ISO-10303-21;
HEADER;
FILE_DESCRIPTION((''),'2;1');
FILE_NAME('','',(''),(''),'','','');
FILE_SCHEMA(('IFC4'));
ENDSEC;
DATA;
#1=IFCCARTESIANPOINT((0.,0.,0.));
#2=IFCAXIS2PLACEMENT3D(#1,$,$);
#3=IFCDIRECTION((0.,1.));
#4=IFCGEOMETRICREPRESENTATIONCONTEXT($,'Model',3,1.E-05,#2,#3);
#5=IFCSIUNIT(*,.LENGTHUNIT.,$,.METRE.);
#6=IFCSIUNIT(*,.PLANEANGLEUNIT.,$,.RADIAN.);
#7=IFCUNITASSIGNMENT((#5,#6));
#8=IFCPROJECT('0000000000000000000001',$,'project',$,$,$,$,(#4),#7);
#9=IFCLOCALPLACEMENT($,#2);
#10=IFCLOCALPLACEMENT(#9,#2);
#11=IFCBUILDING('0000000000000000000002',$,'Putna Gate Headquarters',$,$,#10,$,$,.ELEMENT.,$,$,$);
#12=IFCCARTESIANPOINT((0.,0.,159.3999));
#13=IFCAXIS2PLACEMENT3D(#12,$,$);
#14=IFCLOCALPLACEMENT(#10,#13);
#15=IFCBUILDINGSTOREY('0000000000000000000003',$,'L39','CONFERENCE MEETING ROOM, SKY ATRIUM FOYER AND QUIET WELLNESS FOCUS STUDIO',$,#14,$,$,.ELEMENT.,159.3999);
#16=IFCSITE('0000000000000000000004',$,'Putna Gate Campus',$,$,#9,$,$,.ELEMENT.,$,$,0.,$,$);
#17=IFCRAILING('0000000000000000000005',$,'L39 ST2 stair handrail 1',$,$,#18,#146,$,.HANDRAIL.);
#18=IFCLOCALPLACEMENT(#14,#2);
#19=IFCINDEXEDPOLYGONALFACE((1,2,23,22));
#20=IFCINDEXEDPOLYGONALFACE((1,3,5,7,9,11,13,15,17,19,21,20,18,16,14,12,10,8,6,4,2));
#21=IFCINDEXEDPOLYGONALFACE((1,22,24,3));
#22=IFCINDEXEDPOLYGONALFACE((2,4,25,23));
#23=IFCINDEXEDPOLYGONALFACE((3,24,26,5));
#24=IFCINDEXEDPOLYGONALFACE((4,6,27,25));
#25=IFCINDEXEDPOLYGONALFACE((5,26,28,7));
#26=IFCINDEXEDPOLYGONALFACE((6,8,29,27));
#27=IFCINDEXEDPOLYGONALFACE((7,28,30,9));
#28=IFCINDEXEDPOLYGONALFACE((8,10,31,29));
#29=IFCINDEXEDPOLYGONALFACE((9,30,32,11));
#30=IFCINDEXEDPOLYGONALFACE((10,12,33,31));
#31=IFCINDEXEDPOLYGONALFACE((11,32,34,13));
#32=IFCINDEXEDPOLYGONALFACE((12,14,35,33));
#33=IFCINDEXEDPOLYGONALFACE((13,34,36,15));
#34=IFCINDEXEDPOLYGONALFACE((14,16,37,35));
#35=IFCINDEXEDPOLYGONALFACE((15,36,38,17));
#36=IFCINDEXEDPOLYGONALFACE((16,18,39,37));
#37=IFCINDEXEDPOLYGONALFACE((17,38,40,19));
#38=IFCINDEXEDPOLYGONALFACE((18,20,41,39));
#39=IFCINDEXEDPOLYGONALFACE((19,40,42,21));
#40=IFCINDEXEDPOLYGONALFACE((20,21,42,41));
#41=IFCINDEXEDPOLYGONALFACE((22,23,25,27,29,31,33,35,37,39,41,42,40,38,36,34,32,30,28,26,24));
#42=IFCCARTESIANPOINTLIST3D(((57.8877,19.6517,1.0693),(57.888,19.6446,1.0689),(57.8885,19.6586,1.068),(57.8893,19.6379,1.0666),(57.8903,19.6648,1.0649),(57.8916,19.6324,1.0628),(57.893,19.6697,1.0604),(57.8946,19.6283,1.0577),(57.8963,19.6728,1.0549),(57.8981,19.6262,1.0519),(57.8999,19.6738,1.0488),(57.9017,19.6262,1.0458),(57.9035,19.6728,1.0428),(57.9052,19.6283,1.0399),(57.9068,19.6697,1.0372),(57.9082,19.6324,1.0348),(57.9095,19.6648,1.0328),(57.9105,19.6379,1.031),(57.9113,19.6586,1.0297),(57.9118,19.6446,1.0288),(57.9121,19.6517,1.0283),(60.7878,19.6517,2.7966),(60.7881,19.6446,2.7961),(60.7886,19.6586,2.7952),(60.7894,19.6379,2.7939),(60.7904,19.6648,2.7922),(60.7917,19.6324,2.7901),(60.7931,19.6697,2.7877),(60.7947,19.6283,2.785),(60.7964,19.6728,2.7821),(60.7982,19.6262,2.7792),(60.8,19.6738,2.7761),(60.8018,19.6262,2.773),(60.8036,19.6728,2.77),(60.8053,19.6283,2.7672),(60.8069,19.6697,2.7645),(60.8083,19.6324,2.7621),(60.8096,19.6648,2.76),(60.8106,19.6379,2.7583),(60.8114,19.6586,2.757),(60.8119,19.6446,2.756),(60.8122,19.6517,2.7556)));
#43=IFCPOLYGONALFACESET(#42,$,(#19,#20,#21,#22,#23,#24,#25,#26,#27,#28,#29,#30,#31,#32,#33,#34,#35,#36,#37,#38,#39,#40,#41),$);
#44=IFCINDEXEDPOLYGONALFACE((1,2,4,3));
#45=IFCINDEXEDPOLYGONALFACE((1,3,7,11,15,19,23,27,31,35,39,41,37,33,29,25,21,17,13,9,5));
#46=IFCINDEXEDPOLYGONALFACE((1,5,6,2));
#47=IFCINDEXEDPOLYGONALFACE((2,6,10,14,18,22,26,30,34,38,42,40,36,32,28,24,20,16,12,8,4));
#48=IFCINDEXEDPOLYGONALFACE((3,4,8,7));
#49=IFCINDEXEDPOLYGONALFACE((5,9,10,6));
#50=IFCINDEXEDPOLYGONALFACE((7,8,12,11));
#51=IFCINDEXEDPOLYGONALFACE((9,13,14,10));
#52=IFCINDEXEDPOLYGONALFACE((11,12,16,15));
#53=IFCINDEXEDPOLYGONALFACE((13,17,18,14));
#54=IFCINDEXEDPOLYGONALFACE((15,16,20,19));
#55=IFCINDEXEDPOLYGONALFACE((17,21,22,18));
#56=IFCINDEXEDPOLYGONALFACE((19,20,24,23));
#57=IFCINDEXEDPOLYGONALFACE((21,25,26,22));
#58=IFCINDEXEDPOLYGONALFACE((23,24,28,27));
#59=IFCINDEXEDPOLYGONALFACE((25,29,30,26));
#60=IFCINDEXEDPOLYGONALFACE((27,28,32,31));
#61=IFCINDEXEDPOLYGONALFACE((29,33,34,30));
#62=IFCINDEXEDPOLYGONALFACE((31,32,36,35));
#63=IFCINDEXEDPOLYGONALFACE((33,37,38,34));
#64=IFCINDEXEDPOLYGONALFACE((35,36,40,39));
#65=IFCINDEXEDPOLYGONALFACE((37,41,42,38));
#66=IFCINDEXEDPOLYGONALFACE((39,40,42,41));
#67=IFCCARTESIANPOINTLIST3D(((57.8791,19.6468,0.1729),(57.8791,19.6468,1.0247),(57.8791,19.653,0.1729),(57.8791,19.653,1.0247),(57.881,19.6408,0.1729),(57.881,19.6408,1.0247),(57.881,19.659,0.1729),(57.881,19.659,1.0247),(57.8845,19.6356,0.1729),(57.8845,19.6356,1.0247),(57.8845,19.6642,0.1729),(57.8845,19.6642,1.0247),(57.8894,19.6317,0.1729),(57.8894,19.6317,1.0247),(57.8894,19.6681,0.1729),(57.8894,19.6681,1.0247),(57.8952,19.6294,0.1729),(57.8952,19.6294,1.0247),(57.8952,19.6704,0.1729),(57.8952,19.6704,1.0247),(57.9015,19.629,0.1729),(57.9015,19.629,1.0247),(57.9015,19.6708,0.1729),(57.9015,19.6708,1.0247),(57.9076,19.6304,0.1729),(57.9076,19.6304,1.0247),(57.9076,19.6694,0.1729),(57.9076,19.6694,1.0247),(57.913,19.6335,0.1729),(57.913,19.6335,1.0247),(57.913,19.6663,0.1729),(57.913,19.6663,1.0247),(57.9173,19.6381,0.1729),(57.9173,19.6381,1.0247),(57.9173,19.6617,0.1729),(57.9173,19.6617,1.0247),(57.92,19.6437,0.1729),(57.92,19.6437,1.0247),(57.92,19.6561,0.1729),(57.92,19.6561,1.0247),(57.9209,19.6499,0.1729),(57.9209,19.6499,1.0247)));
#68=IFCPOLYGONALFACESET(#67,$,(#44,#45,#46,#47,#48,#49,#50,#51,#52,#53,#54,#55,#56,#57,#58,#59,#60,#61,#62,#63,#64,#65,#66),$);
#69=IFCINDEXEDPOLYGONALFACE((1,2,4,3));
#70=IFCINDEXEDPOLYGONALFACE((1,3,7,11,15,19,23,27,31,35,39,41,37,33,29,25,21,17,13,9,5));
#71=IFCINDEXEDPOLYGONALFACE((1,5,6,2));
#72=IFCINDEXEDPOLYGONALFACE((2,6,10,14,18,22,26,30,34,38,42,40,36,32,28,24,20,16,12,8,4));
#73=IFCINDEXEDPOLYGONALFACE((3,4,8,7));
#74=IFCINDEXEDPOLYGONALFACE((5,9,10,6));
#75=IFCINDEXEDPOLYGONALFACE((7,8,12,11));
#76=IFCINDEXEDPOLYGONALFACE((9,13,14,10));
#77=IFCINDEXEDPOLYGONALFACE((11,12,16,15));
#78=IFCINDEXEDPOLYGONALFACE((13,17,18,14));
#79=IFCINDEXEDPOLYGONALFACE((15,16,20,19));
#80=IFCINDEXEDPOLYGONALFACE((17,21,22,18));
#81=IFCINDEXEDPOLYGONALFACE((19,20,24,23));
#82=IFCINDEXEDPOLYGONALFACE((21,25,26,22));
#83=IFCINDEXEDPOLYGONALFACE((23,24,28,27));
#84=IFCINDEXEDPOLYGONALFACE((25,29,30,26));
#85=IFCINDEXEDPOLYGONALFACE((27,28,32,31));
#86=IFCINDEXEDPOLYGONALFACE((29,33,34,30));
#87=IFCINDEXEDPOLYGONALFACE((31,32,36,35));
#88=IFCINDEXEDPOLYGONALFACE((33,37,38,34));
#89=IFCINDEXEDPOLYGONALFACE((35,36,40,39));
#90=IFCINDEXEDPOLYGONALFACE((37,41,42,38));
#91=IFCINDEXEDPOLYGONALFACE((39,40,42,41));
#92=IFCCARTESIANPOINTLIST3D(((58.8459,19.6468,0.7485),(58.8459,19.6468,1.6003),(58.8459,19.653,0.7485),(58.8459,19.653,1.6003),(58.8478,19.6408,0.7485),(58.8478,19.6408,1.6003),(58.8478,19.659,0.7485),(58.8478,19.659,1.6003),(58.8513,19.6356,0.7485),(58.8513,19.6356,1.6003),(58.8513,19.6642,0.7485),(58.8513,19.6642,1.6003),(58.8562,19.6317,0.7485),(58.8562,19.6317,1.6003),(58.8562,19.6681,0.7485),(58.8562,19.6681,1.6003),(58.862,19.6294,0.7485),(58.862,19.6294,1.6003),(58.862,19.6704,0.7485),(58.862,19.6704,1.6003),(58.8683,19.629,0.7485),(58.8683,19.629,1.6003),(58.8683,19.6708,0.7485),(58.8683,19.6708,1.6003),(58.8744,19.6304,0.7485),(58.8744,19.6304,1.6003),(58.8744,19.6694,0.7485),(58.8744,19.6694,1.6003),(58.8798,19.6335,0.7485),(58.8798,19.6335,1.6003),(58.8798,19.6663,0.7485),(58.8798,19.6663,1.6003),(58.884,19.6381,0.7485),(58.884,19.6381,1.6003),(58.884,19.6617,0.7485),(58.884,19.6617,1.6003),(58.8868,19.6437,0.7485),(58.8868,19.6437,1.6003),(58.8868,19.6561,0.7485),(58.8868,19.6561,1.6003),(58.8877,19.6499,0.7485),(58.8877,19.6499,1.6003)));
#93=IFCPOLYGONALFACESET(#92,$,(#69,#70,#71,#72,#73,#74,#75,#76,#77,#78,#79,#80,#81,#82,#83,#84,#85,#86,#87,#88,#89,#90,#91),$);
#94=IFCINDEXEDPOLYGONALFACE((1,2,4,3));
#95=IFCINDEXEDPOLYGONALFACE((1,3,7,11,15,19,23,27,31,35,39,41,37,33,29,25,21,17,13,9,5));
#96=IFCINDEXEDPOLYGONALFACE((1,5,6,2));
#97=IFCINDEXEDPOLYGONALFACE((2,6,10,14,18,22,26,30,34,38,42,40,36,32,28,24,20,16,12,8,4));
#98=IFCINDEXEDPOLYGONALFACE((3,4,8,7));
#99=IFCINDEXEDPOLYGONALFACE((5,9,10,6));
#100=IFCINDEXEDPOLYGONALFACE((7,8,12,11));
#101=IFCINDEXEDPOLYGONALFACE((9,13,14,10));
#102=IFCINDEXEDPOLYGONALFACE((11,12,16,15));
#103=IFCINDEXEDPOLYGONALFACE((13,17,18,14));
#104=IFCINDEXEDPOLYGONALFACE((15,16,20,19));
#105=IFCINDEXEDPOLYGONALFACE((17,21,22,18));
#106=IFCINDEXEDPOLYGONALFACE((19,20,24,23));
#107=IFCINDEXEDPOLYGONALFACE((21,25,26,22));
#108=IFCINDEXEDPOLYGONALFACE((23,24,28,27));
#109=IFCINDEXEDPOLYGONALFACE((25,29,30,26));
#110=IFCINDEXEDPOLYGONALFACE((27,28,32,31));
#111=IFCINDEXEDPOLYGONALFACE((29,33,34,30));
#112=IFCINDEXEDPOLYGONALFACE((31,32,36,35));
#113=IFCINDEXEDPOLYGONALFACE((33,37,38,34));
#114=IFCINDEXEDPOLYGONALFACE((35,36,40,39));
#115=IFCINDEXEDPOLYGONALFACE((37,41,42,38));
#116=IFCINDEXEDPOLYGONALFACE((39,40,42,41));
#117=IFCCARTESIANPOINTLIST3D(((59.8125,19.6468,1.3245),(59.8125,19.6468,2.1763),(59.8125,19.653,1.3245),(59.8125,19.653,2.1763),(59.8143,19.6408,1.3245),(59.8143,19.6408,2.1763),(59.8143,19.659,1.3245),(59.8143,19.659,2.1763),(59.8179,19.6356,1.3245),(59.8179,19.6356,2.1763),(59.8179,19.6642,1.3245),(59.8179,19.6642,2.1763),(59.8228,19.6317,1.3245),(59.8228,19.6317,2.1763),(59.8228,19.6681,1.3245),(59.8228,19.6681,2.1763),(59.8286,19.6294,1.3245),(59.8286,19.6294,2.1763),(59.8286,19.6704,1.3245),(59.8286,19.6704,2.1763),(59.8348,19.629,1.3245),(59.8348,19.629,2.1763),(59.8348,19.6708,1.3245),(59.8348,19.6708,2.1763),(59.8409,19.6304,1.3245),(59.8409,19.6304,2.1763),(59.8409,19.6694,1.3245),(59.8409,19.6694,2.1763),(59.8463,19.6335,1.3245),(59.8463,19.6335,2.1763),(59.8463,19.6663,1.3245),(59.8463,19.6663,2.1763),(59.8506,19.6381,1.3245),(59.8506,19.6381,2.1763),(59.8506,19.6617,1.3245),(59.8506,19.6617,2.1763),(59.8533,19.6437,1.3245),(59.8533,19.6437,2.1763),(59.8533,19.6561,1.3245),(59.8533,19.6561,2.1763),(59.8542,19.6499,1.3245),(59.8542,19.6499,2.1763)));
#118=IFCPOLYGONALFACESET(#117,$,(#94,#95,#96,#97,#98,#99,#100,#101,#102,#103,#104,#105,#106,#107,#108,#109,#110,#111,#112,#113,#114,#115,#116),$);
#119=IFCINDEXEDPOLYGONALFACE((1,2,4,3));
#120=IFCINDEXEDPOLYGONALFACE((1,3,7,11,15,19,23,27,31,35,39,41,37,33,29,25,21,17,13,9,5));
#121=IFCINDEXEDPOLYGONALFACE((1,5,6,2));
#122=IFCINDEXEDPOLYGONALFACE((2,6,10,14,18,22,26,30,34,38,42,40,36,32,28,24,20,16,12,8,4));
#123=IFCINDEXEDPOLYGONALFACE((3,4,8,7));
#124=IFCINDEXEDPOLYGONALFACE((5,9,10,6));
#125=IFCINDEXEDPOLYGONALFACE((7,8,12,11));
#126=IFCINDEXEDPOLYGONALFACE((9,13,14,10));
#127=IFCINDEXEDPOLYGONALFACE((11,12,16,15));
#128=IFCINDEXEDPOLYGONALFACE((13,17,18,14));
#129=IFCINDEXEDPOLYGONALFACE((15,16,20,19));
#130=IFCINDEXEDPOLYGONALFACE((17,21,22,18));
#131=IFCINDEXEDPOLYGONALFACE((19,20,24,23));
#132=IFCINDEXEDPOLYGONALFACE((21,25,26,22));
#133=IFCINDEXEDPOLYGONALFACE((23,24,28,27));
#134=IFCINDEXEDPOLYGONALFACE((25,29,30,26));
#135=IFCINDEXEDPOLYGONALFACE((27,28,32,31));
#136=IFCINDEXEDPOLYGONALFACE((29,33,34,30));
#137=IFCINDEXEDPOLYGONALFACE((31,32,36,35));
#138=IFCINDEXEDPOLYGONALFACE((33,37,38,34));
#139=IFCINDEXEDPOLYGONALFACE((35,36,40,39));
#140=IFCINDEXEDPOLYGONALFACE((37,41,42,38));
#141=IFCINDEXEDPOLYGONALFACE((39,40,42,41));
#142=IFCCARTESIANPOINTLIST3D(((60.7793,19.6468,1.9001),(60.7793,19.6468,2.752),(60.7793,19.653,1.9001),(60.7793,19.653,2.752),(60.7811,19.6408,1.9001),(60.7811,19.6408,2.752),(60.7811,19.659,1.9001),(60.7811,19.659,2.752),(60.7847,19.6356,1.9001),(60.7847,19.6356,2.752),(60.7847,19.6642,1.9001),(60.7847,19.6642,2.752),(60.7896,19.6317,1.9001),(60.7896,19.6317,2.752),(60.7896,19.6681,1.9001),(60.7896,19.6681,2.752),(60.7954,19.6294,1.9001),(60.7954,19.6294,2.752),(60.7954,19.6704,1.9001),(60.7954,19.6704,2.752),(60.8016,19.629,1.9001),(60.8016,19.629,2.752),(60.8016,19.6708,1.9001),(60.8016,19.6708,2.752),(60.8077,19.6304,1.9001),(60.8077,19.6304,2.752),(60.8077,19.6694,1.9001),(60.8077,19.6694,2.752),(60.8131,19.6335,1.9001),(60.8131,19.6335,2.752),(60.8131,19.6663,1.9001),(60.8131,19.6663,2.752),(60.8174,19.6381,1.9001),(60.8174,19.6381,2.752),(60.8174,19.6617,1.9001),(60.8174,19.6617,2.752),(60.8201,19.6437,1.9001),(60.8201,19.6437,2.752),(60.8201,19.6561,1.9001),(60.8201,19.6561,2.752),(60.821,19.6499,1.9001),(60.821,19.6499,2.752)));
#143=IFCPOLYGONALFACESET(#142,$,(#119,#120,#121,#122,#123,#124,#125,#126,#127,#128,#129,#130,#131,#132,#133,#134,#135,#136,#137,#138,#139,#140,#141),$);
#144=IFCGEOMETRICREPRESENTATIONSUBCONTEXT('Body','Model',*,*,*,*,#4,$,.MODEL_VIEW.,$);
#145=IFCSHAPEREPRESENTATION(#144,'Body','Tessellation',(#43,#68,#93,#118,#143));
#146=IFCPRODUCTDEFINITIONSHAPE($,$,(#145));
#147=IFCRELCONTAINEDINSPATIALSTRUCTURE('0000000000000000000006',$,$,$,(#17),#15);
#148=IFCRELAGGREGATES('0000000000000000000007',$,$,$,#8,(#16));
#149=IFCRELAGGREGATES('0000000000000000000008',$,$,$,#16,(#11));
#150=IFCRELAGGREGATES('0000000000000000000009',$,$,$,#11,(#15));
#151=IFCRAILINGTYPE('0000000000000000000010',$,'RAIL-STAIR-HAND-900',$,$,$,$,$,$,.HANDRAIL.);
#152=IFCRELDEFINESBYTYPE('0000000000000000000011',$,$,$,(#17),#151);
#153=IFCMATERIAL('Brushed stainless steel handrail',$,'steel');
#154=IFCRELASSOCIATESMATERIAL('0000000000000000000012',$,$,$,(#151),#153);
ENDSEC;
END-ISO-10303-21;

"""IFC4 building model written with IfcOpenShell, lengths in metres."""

from ifc_helpers import new_model, si_unit, direction, frame, origin, origin_2d, place, context, subcontext, project, spatial, circle, extrude, material, type_object, element, save


model = new_model("IFC4")

# Units and contexts
model_context = context("Model", 3, precision=1e-05, world=origin(), true_north=direction((0.0, 1.0)))
body_context = subcontext(model_context, "Body", "Model", "MODEL_VIEW")
ifc_project = project(units=[si_unit("LENGTHUNIT", "METRE"), si_unit("PLANEANGLEUNIT", "RADIAN")], contexts=[model_context])

# Site, building, storey
site_placement = place(None, origin())
site = spatial("IfcSite", under=ifc_project, at=site_placement, Name="Putna Gate Campus", CompositionType="ELEMENT", RefElevation=0.0)
building_placement = place(site_placement, origin())
building = spatial("IfcBuilding", under=site, at=building_placement, Name="Putna Gate Headquarters", CompositionType="ELEMENT")
storey_placement = place(building_placement, frame((0.0, 0.0, 159.3999)))
storey = spatial("IfcBuildingStorey", under=building, at=storey_placement, Name="L39", Description="CONFERENCE MEETING ROOM, SKY ATRIUM FOYER AND QUIET WELLNESS FOCUS STUDIO", CompositionType="ELEMENT", Elevation=159.3999)

# Railing
ifc_material_1 = material(Name="Brushed stainless steel handrail", Category="steel")
railing_type_1 = type_object("IfcRailingType", Name="RAIL-STAIR-HAND-900", PredefinedType="HANDRAIL", material=ifc_material_1)
railing_1_placement = place(storey_placement, frame((57.8999, 19.6499, 0.1729)))
element("IfcRailing", 1, at=railing_1_placement, inside=storey, type_object=railing_type_1, Name="L39 ST2 stair handrail 1", PredefinedType="HANDRAIL", context=body_context, shape_type="SweptSolid", body=[
    extrude(circle(Radius=0.0239, at=origin_2d()), frame((0.0, 0.0, 0.876), z_axis=(0.85916, 0.0, 0.511706), x_axis=(0.0, 1.0, 0.0)), (0.0, 0.0, 1.0), 3.3755),
    extrude(circle(Radius=0.021, at=origin_2d()), origin(), (0.0, 0.0, 1.0), 0.8518),
    extrude(circle(Radius=0.021, at=origin_2d()), frame((0.9668, 0.0, 0.5757)), (0.0, 0.0, 1.0), 0.8518),
    extrude(circle(Radius=0.021, at=origin_2d()), frame((1.9333, 0.0, 1.1516)), (0.0, 0.0, 1.0), 0.8518),
    extrude(circle(Radius=0.021, at=origin_2d()), frame((2.9001, 0.0, 1.7273)), (0.0, 0.0, 1.0), 0.8518),
])

save(model, "model.ifc")
